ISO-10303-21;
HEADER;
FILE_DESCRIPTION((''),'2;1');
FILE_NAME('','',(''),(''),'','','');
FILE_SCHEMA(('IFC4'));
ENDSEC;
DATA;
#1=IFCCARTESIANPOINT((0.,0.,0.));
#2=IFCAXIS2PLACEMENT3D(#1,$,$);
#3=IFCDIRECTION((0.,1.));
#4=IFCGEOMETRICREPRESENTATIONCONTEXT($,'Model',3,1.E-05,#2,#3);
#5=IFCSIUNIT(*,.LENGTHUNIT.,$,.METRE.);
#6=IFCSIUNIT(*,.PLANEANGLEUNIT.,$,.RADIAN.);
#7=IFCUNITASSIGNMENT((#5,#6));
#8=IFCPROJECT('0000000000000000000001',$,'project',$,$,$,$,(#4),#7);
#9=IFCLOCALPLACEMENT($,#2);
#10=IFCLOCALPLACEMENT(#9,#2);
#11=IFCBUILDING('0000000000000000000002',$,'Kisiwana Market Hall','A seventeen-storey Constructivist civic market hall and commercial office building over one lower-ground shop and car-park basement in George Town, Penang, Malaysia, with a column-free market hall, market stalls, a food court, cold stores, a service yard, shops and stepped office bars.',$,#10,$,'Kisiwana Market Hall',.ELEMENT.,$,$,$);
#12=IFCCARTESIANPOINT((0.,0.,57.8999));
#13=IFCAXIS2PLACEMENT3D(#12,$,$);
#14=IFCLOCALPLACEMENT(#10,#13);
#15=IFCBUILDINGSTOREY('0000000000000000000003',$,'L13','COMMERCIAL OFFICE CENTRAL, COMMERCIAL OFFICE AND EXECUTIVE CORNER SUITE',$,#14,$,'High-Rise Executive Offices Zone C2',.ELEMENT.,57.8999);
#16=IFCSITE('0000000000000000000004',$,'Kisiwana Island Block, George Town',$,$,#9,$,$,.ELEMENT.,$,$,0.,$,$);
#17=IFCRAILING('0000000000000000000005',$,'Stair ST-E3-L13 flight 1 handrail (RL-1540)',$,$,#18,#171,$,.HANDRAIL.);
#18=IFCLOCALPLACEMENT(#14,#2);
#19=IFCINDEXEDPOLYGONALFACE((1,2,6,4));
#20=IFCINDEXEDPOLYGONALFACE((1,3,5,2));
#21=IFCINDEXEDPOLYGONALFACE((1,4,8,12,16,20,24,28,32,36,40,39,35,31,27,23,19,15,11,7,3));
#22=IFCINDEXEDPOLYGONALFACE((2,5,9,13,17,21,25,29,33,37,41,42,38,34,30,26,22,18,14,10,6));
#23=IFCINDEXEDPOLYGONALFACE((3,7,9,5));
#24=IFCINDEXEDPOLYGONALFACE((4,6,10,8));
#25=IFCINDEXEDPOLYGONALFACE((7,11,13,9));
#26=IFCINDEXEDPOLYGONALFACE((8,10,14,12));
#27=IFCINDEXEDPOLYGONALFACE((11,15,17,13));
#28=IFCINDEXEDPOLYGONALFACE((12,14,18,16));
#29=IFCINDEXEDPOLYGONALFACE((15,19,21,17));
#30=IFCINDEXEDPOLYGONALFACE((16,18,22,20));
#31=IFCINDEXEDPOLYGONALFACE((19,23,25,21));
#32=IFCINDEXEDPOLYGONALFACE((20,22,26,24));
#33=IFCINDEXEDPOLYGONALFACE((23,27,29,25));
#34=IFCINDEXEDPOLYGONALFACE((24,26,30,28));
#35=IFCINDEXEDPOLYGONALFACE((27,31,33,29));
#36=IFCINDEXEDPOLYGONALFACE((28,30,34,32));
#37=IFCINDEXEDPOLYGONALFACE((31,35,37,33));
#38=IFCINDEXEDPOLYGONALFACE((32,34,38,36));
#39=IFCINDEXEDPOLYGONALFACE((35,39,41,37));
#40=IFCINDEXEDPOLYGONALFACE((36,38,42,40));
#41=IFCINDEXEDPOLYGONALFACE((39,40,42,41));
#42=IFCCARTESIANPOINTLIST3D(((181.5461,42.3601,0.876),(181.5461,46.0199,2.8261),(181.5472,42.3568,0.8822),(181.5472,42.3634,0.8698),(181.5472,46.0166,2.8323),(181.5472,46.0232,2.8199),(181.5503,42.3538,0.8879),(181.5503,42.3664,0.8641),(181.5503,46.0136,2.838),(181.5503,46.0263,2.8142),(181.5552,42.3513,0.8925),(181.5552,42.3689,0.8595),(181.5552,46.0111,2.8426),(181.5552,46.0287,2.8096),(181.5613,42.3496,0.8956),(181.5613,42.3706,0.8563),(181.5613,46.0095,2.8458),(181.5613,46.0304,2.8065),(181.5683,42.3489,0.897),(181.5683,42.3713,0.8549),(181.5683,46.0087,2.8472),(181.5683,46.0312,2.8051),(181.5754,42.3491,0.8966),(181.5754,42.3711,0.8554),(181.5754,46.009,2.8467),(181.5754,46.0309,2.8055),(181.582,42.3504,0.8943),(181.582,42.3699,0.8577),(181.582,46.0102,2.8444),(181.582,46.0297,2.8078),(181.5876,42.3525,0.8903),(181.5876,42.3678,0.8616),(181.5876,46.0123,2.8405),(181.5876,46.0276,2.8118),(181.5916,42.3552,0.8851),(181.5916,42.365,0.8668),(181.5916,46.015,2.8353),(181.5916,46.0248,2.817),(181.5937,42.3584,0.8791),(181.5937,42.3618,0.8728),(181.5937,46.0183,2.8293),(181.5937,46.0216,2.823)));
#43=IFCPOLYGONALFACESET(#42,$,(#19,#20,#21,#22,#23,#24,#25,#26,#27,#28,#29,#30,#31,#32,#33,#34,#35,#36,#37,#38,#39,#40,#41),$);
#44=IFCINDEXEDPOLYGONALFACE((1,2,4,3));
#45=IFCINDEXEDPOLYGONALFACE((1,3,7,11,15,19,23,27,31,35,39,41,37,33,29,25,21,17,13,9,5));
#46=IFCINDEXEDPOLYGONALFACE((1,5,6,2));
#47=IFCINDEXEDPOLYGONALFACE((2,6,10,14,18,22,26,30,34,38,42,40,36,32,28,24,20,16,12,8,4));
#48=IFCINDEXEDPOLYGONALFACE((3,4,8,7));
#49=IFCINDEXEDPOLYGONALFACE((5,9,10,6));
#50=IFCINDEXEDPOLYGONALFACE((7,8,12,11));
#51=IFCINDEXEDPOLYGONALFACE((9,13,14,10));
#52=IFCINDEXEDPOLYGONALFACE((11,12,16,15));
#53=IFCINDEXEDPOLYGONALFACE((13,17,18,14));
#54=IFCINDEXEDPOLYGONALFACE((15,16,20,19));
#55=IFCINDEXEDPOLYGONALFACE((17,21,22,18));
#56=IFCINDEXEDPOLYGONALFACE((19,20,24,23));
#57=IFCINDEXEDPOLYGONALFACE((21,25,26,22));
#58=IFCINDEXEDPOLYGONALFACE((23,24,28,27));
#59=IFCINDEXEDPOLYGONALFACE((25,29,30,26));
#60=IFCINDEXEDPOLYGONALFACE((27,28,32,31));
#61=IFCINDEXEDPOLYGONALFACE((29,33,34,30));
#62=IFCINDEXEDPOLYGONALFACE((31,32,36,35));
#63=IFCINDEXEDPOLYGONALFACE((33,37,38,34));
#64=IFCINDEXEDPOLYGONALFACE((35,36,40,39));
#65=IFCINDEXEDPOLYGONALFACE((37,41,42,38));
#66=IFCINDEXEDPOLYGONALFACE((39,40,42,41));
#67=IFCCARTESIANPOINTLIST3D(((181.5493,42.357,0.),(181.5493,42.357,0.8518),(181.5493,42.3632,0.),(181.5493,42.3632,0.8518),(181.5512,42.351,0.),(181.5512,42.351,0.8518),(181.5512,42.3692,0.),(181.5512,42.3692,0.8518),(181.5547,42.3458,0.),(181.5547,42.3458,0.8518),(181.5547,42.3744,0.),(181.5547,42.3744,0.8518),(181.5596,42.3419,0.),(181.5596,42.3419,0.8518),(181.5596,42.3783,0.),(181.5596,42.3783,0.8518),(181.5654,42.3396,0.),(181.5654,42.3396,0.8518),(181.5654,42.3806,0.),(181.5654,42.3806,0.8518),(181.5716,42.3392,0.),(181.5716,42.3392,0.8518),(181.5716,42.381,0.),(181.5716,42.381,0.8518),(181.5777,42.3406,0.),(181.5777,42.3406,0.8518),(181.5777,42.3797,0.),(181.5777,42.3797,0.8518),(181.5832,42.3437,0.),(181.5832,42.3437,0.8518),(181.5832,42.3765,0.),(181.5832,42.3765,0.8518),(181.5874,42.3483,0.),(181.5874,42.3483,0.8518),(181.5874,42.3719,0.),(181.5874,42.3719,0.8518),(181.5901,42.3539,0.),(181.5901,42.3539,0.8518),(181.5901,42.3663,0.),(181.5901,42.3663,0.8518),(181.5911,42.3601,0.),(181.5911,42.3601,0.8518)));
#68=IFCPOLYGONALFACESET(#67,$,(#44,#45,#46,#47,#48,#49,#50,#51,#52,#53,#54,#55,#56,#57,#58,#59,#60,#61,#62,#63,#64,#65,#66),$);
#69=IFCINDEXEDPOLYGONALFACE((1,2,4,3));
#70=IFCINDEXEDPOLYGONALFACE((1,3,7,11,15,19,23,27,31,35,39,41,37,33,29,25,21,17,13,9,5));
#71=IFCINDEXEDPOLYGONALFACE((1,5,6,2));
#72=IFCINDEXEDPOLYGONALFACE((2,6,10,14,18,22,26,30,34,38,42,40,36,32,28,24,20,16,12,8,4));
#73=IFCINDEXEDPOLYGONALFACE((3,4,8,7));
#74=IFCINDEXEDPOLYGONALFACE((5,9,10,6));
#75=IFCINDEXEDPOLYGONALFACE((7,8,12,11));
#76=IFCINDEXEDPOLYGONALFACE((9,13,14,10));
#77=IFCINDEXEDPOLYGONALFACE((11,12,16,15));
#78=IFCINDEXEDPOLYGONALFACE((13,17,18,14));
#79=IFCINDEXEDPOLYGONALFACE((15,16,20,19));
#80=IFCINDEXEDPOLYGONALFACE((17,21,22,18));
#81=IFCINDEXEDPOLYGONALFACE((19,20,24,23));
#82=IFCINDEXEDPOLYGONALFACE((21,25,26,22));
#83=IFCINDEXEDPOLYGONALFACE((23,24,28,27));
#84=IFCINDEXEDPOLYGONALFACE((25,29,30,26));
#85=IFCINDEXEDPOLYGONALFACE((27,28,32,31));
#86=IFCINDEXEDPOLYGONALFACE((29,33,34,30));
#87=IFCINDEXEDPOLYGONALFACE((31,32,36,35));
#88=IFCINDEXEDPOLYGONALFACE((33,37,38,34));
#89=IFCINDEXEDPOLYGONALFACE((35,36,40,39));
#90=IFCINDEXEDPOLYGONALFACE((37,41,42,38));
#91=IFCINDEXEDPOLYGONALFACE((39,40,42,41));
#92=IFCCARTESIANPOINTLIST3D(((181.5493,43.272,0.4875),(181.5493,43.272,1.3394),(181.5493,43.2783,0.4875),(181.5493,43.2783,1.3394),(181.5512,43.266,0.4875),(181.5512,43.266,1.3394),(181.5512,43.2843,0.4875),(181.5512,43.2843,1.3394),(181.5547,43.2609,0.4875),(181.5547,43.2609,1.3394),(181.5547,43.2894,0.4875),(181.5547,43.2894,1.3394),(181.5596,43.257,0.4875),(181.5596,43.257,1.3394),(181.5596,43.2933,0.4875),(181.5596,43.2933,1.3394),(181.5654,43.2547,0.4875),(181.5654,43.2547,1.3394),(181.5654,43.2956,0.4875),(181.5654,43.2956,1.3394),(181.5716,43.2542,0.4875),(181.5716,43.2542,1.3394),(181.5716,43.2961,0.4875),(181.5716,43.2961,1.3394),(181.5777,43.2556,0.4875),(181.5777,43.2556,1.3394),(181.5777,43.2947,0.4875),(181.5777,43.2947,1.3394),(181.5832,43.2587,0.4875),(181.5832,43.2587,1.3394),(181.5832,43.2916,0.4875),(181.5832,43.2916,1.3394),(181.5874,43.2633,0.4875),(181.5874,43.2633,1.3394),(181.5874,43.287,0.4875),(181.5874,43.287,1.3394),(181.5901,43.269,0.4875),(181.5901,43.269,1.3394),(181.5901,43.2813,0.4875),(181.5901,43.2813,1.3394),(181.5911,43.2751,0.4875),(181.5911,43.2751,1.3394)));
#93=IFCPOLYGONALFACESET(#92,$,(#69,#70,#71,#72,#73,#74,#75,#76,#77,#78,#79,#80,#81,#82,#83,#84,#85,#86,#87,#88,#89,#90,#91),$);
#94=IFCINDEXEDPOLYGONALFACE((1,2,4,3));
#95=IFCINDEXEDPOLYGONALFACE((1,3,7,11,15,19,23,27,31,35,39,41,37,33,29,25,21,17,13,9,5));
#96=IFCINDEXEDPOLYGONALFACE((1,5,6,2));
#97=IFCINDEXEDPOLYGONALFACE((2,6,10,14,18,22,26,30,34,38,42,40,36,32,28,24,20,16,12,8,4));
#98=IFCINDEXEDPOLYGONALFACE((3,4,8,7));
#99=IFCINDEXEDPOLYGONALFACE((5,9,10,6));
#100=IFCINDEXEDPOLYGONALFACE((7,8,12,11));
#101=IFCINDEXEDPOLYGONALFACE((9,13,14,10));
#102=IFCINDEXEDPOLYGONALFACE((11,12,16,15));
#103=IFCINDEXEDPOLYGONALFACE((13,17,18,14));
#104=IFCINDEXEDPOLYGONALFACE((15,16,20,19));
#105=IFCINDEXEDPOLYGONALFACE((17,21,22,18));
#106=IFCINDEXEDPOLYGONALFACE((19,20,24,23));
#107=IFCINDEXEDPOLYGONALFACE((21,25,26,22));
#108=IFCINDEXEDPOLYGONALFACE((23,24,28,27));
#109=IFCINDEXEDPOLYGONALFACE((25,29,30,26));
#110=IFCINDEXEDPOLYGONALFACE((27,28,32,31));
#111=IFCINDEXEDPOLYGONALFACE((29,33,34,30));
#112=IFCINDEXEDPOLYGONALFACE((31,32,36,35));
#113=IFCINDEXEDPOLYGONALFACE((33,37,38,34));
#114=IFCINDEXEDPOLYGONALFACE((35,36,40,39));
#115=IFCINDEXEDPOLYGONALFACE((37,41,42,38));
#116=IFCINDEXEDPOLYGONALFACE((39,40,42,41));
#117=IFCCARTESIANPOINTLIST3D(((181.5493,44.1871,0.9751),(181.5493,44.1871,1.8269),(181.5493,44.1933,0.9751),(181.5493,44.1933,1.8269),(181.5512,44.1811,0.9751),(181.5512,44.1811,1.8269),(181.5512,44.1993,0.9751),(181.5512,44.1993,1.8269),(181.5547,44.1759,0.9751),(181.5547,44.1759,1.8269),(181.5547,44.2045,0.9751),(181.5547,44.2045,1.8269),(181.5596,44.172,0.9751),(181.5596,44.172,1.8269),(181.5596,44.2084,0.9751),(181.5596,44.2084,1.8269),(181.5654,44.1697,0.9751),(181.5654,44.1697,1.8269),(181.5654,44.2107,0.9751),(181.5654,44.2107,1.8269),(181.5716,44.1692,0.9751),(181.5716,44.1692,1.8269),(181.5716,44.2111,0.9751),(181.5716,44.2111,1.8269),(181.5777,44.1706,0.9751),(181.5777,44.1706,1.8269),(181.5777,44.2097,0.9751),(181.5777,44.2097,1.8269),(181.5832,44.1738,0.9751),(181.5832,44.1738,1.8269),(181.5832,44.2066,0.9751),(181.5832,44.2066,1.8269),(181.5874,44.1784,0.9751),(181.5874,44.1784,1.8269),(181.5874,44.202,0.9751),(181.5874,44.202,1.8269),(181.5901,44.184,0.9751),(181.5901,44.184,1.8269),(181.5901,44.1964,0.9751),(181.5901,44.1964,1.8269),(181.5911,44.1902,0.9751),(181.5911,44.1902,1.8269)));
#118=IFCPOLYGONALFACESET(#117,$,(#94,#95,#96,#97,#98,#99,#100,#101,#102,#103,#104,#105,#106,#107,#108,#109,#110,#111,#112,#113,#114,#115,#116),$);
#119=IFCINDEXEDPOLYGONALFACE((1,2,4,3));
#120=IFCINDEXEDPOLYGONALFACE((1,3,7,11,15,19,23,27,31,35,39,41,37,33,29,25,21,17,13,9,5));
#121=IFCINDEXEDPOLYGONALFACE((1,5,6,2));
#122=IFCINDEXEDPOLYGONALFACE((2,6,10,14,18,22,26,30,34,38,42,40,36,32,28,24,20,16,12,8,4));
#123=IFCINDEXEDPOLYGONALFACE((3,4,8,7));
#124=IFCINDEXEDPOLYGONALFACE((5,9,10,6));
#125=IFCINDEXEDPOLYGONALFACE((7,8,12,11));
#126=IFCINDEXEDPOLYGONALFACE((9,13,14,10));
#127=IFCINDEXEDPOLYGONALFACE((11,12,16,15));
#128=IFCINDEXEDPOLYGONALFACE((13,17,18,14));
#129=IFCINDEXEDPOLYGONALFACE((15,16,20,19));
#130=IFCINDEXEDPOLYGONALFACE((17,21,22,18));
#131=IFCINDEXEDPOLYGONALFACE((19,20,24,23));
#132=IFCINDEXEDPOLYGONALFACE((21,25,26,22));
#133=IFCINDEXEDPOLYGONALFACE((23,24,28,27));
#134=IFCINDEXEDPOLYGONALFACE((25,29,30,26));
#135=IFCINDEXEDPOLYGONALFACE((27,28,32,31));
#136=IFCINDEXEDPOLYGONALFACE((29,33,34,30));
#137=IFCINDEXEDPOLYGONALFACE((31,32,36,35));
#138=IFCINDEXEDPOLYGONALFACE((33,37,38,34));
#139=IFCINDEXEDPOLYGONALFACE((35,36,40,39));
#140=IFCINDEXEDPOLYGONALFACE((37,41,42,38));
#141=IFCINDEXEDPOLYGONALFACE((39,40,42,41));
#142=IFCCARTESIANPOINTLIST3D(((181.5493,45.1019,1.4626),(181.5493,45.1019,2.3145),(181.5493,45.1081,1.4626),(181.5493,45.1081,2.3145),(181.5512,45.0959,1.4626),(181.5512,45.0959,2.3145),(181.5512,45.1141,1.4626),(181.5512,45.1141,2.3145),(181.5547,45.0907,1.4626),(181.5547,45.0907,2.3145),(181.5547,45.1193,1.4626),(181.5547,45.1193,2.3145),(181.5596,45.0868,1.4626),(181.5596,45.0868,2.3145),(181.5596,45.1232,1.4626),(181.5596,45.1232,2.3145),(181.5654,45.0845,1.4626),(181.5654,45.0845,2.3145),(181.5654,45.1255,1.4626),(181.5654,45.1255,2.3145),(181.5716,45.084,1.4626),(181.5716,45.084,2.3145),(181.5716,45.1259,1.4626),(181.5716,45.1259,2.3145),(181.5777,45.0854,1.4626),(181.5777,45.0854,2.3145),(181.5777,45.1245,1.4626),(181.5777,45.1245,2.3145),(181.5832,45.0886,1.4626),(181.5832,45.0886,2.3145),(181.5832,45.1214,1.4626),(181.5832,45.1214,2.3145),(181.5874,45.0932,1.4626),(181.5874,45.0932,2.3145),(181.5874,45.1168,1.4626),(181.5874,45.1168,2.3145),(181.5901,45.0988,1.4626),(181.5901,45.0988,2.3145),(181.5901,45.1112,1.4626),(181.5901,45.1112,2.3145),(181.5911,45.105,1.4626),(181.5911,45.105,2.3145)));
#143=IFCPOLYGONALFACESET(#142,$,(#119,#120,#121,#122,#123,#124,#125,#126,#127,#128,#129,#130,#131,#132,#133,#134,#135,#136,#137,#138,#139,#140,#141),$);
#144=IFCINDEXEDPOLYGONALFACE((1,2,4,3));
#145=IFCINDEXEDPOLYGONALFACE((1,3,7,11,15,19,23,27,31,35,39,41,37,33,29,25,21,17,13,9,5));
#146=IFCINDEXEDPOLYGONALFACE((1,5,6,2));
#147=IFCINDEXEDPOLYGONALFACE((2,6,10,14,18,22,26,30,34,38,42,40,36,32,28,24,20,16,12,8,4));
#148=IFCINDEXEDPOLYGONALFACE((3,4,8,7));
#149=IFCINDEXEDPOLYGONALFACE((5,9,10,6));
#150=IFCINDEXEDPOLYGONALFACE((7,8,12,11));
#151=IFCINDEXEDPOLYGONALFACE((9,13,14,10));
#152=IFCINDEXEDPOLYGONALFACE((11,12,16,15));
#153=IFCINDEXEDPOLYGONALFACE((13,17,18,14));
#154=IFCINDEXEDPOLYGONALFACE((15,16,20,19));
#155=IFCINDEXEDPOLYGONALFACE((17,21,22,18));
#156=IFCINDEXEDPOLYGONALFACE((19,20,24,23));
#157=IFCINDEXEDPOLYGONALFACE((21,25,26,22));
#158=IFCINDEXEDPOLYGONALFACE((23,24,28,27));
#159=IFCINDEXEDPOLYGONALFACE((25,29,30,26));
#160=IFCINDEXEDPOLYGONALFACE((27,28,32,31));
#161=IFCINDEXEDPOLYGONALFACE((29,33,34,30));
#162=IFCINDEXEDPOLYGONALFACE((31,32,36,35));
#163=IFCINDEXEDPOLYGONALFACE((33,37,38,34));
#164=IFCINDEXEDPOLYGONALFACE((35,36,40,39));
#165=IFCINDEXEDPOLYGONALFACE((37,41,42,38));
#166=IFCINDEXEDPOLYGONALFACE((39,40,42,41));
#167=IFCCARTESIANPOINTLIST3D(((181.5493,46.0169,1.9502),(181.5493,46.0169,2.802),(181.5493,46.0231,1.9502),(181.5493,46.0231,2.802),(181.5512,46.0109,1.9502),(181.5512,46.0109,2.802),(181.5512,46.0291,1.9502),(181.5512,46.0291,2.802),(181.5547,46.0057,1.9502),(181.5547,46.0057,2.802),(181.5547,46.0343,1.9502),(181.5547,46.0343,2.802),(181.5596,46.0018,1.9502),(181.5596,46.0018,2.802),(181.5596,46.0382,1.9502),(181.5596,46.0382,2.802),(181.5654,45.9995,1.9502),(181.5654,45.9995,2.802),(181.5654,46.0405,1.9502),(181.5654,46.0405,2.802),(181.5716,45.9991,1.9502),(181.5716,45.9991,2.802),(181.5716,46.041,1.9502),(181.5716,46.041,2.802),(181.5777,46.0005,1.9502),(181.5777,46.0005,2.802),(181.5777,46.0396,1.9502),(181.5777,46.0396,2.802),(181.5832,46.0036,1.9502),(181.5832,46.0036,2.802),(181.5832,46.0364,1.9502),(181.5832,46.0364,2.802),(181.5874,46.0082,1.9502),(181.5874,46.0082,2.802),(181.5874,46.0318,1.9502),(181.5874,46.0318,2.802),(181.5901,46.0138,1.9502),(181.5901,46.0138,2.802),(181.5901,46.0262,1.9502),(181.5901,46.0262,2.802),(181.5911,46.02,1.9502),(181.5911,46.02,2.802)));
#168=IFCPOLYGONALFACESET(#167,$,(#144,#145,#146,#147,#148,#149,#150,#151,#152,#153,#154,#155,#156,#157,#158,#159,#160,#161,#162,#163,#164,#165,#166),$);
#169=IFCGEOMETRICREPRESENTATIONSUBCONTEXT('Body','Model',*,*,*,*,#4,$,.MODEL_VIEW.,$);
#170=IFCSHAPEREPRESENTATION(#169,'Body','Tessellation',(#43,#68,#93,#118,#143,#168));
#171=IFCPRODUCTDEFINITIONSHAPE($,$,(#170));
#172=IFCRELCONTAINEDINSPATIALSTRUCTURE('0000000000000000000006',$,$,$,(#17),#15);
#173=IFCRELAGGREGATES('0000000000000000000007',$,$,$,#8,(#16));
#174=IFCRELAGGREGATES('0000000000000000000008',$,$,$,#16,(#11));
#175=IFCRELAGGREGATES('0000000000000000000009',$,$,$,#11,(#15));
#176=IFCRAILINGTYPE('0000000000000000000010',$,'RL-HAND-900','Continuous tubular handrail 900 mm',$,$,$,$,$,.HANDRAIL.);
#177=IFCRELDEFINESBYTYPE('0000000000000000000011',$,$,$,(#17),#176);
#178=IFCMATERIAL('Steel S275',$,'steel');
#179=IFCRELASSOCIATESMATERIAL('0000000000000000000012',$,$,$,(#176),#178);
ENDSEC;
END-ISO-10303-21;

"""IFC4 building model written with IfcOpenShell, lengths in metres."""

from ifc_helpers import new_model, si_unit, direction, frame, origin, origin_2d, place, context, subcontext, project, spatial, circle, extrude, material, type_object, element, save


model = new_model("IFC4")

# Units and contexts
model_context = context("Model", 3, precision=1e-05, world=origin(), true_north=direction((0.0, 1.0)))
body_context = subcontext(model_context, "Body", "Model", "MODEL_VIEW")
ifc_project = project(units=[si_unit("LENGTHUNIT", "METRE"), si_unit("PLANEANGLEUNIT", "RADIAN")], contexts=[model_context])

# Site, building, storey
site_placement = place(None, origin())
site = spatial("IfcSite", under=ifc_project, at=site_placement, Name="Kisiwana Island Block, George Town", CompositionType="ELEMENT", RefElevation=0.0)
building_placement = place(site_placement, origin())
building = spatial("IfcBuilding", under=site, at=building_placement, Name="Kisiwana Market Hall", Description="A seventeen-storey Constructivist civic market hall and commercial office building over one lower-ground shop and car-park basement in George Town, Penang, Malaysia, with a column-free market hall, market stalls, a food court, cold stores, a service yard, shops and stepped office bars.", LongName="Kisiwana Market Hall", CompositionType="ELEMENT")
storey_placement = place(building_placement, frame((0.0, 0.0, 57.8999)))
storey = spatial("IfcBuildingStorey", under=building, at=storey_placement, Name="L13", Description="COMMERCIAL OFFICE CENTRAL, COMMERCIAL OFFICE AND EXECUTIVE CORNER SUITE", LongName="High-Rise Executive Offices Zone C2", CompositionType="ELEMENT", Elevation=57.8999)

# Railing
ifc_material_1 = material(Name="Steel S275", Category="steel")
railing_type_1 = type_object("IfcRailingType", Name="RL-HAND-900", Description="Continuous tubular handrail 900 mm", PredefinedType="HANDRAIL", material=ifc_material_1)
railing_1_placement = place(storey_placement, frame((181.5701, 42.3601, 0.0)))
element("IfcRailing", 1, at=railing_1_placement, inside=storey, type_object=railing_type_1, Name="Stair ST-E3-L13 flight 1 handrail (RL-1540)", PredefinedType="HANDRAIL", context=body_context, shape_type="SweptSolid", body=[
    extrude(circle(Radius=0.0239, at=origin_2d()), frame((0.0, 0.0, 0.876), z_axis=(0.0, 0.882529, 0.470258), x_axis=(-1.0, 0.0, 0.0)), (0.0, 0.0, 1.0), 4.147),
    extrude(circle(Radius=0.021, at=origin_2d()), origin(), (0.0, 0.0, 1.0), 0.8518),
    extrude(circle(Radius=0.021, at=origin_2d()), frame((0.0, 0.915, 0.4875)), (0.0, 0.0, 1.0), 0.8518),
    extrude(circle(Radius=0.021, at=origin_2d()), frame((0.0, 1.8301, 0.9751)), (0.0, 0.0, 1.0), 0.8518),
    extrude(circle(Radius=0.021, at=origin_2d()), frame((0.0, 2.7449, 1.4626)), (0.0, 0.0, 1.0), 0.8518),
    extrude(circle(Radius=0.021, at=origin_2d()), frame((0.0, 3.6599, 1.9502)), (0.0, 0.0, 1.0), 0.8518),
])

save(model, "model.ifc")
